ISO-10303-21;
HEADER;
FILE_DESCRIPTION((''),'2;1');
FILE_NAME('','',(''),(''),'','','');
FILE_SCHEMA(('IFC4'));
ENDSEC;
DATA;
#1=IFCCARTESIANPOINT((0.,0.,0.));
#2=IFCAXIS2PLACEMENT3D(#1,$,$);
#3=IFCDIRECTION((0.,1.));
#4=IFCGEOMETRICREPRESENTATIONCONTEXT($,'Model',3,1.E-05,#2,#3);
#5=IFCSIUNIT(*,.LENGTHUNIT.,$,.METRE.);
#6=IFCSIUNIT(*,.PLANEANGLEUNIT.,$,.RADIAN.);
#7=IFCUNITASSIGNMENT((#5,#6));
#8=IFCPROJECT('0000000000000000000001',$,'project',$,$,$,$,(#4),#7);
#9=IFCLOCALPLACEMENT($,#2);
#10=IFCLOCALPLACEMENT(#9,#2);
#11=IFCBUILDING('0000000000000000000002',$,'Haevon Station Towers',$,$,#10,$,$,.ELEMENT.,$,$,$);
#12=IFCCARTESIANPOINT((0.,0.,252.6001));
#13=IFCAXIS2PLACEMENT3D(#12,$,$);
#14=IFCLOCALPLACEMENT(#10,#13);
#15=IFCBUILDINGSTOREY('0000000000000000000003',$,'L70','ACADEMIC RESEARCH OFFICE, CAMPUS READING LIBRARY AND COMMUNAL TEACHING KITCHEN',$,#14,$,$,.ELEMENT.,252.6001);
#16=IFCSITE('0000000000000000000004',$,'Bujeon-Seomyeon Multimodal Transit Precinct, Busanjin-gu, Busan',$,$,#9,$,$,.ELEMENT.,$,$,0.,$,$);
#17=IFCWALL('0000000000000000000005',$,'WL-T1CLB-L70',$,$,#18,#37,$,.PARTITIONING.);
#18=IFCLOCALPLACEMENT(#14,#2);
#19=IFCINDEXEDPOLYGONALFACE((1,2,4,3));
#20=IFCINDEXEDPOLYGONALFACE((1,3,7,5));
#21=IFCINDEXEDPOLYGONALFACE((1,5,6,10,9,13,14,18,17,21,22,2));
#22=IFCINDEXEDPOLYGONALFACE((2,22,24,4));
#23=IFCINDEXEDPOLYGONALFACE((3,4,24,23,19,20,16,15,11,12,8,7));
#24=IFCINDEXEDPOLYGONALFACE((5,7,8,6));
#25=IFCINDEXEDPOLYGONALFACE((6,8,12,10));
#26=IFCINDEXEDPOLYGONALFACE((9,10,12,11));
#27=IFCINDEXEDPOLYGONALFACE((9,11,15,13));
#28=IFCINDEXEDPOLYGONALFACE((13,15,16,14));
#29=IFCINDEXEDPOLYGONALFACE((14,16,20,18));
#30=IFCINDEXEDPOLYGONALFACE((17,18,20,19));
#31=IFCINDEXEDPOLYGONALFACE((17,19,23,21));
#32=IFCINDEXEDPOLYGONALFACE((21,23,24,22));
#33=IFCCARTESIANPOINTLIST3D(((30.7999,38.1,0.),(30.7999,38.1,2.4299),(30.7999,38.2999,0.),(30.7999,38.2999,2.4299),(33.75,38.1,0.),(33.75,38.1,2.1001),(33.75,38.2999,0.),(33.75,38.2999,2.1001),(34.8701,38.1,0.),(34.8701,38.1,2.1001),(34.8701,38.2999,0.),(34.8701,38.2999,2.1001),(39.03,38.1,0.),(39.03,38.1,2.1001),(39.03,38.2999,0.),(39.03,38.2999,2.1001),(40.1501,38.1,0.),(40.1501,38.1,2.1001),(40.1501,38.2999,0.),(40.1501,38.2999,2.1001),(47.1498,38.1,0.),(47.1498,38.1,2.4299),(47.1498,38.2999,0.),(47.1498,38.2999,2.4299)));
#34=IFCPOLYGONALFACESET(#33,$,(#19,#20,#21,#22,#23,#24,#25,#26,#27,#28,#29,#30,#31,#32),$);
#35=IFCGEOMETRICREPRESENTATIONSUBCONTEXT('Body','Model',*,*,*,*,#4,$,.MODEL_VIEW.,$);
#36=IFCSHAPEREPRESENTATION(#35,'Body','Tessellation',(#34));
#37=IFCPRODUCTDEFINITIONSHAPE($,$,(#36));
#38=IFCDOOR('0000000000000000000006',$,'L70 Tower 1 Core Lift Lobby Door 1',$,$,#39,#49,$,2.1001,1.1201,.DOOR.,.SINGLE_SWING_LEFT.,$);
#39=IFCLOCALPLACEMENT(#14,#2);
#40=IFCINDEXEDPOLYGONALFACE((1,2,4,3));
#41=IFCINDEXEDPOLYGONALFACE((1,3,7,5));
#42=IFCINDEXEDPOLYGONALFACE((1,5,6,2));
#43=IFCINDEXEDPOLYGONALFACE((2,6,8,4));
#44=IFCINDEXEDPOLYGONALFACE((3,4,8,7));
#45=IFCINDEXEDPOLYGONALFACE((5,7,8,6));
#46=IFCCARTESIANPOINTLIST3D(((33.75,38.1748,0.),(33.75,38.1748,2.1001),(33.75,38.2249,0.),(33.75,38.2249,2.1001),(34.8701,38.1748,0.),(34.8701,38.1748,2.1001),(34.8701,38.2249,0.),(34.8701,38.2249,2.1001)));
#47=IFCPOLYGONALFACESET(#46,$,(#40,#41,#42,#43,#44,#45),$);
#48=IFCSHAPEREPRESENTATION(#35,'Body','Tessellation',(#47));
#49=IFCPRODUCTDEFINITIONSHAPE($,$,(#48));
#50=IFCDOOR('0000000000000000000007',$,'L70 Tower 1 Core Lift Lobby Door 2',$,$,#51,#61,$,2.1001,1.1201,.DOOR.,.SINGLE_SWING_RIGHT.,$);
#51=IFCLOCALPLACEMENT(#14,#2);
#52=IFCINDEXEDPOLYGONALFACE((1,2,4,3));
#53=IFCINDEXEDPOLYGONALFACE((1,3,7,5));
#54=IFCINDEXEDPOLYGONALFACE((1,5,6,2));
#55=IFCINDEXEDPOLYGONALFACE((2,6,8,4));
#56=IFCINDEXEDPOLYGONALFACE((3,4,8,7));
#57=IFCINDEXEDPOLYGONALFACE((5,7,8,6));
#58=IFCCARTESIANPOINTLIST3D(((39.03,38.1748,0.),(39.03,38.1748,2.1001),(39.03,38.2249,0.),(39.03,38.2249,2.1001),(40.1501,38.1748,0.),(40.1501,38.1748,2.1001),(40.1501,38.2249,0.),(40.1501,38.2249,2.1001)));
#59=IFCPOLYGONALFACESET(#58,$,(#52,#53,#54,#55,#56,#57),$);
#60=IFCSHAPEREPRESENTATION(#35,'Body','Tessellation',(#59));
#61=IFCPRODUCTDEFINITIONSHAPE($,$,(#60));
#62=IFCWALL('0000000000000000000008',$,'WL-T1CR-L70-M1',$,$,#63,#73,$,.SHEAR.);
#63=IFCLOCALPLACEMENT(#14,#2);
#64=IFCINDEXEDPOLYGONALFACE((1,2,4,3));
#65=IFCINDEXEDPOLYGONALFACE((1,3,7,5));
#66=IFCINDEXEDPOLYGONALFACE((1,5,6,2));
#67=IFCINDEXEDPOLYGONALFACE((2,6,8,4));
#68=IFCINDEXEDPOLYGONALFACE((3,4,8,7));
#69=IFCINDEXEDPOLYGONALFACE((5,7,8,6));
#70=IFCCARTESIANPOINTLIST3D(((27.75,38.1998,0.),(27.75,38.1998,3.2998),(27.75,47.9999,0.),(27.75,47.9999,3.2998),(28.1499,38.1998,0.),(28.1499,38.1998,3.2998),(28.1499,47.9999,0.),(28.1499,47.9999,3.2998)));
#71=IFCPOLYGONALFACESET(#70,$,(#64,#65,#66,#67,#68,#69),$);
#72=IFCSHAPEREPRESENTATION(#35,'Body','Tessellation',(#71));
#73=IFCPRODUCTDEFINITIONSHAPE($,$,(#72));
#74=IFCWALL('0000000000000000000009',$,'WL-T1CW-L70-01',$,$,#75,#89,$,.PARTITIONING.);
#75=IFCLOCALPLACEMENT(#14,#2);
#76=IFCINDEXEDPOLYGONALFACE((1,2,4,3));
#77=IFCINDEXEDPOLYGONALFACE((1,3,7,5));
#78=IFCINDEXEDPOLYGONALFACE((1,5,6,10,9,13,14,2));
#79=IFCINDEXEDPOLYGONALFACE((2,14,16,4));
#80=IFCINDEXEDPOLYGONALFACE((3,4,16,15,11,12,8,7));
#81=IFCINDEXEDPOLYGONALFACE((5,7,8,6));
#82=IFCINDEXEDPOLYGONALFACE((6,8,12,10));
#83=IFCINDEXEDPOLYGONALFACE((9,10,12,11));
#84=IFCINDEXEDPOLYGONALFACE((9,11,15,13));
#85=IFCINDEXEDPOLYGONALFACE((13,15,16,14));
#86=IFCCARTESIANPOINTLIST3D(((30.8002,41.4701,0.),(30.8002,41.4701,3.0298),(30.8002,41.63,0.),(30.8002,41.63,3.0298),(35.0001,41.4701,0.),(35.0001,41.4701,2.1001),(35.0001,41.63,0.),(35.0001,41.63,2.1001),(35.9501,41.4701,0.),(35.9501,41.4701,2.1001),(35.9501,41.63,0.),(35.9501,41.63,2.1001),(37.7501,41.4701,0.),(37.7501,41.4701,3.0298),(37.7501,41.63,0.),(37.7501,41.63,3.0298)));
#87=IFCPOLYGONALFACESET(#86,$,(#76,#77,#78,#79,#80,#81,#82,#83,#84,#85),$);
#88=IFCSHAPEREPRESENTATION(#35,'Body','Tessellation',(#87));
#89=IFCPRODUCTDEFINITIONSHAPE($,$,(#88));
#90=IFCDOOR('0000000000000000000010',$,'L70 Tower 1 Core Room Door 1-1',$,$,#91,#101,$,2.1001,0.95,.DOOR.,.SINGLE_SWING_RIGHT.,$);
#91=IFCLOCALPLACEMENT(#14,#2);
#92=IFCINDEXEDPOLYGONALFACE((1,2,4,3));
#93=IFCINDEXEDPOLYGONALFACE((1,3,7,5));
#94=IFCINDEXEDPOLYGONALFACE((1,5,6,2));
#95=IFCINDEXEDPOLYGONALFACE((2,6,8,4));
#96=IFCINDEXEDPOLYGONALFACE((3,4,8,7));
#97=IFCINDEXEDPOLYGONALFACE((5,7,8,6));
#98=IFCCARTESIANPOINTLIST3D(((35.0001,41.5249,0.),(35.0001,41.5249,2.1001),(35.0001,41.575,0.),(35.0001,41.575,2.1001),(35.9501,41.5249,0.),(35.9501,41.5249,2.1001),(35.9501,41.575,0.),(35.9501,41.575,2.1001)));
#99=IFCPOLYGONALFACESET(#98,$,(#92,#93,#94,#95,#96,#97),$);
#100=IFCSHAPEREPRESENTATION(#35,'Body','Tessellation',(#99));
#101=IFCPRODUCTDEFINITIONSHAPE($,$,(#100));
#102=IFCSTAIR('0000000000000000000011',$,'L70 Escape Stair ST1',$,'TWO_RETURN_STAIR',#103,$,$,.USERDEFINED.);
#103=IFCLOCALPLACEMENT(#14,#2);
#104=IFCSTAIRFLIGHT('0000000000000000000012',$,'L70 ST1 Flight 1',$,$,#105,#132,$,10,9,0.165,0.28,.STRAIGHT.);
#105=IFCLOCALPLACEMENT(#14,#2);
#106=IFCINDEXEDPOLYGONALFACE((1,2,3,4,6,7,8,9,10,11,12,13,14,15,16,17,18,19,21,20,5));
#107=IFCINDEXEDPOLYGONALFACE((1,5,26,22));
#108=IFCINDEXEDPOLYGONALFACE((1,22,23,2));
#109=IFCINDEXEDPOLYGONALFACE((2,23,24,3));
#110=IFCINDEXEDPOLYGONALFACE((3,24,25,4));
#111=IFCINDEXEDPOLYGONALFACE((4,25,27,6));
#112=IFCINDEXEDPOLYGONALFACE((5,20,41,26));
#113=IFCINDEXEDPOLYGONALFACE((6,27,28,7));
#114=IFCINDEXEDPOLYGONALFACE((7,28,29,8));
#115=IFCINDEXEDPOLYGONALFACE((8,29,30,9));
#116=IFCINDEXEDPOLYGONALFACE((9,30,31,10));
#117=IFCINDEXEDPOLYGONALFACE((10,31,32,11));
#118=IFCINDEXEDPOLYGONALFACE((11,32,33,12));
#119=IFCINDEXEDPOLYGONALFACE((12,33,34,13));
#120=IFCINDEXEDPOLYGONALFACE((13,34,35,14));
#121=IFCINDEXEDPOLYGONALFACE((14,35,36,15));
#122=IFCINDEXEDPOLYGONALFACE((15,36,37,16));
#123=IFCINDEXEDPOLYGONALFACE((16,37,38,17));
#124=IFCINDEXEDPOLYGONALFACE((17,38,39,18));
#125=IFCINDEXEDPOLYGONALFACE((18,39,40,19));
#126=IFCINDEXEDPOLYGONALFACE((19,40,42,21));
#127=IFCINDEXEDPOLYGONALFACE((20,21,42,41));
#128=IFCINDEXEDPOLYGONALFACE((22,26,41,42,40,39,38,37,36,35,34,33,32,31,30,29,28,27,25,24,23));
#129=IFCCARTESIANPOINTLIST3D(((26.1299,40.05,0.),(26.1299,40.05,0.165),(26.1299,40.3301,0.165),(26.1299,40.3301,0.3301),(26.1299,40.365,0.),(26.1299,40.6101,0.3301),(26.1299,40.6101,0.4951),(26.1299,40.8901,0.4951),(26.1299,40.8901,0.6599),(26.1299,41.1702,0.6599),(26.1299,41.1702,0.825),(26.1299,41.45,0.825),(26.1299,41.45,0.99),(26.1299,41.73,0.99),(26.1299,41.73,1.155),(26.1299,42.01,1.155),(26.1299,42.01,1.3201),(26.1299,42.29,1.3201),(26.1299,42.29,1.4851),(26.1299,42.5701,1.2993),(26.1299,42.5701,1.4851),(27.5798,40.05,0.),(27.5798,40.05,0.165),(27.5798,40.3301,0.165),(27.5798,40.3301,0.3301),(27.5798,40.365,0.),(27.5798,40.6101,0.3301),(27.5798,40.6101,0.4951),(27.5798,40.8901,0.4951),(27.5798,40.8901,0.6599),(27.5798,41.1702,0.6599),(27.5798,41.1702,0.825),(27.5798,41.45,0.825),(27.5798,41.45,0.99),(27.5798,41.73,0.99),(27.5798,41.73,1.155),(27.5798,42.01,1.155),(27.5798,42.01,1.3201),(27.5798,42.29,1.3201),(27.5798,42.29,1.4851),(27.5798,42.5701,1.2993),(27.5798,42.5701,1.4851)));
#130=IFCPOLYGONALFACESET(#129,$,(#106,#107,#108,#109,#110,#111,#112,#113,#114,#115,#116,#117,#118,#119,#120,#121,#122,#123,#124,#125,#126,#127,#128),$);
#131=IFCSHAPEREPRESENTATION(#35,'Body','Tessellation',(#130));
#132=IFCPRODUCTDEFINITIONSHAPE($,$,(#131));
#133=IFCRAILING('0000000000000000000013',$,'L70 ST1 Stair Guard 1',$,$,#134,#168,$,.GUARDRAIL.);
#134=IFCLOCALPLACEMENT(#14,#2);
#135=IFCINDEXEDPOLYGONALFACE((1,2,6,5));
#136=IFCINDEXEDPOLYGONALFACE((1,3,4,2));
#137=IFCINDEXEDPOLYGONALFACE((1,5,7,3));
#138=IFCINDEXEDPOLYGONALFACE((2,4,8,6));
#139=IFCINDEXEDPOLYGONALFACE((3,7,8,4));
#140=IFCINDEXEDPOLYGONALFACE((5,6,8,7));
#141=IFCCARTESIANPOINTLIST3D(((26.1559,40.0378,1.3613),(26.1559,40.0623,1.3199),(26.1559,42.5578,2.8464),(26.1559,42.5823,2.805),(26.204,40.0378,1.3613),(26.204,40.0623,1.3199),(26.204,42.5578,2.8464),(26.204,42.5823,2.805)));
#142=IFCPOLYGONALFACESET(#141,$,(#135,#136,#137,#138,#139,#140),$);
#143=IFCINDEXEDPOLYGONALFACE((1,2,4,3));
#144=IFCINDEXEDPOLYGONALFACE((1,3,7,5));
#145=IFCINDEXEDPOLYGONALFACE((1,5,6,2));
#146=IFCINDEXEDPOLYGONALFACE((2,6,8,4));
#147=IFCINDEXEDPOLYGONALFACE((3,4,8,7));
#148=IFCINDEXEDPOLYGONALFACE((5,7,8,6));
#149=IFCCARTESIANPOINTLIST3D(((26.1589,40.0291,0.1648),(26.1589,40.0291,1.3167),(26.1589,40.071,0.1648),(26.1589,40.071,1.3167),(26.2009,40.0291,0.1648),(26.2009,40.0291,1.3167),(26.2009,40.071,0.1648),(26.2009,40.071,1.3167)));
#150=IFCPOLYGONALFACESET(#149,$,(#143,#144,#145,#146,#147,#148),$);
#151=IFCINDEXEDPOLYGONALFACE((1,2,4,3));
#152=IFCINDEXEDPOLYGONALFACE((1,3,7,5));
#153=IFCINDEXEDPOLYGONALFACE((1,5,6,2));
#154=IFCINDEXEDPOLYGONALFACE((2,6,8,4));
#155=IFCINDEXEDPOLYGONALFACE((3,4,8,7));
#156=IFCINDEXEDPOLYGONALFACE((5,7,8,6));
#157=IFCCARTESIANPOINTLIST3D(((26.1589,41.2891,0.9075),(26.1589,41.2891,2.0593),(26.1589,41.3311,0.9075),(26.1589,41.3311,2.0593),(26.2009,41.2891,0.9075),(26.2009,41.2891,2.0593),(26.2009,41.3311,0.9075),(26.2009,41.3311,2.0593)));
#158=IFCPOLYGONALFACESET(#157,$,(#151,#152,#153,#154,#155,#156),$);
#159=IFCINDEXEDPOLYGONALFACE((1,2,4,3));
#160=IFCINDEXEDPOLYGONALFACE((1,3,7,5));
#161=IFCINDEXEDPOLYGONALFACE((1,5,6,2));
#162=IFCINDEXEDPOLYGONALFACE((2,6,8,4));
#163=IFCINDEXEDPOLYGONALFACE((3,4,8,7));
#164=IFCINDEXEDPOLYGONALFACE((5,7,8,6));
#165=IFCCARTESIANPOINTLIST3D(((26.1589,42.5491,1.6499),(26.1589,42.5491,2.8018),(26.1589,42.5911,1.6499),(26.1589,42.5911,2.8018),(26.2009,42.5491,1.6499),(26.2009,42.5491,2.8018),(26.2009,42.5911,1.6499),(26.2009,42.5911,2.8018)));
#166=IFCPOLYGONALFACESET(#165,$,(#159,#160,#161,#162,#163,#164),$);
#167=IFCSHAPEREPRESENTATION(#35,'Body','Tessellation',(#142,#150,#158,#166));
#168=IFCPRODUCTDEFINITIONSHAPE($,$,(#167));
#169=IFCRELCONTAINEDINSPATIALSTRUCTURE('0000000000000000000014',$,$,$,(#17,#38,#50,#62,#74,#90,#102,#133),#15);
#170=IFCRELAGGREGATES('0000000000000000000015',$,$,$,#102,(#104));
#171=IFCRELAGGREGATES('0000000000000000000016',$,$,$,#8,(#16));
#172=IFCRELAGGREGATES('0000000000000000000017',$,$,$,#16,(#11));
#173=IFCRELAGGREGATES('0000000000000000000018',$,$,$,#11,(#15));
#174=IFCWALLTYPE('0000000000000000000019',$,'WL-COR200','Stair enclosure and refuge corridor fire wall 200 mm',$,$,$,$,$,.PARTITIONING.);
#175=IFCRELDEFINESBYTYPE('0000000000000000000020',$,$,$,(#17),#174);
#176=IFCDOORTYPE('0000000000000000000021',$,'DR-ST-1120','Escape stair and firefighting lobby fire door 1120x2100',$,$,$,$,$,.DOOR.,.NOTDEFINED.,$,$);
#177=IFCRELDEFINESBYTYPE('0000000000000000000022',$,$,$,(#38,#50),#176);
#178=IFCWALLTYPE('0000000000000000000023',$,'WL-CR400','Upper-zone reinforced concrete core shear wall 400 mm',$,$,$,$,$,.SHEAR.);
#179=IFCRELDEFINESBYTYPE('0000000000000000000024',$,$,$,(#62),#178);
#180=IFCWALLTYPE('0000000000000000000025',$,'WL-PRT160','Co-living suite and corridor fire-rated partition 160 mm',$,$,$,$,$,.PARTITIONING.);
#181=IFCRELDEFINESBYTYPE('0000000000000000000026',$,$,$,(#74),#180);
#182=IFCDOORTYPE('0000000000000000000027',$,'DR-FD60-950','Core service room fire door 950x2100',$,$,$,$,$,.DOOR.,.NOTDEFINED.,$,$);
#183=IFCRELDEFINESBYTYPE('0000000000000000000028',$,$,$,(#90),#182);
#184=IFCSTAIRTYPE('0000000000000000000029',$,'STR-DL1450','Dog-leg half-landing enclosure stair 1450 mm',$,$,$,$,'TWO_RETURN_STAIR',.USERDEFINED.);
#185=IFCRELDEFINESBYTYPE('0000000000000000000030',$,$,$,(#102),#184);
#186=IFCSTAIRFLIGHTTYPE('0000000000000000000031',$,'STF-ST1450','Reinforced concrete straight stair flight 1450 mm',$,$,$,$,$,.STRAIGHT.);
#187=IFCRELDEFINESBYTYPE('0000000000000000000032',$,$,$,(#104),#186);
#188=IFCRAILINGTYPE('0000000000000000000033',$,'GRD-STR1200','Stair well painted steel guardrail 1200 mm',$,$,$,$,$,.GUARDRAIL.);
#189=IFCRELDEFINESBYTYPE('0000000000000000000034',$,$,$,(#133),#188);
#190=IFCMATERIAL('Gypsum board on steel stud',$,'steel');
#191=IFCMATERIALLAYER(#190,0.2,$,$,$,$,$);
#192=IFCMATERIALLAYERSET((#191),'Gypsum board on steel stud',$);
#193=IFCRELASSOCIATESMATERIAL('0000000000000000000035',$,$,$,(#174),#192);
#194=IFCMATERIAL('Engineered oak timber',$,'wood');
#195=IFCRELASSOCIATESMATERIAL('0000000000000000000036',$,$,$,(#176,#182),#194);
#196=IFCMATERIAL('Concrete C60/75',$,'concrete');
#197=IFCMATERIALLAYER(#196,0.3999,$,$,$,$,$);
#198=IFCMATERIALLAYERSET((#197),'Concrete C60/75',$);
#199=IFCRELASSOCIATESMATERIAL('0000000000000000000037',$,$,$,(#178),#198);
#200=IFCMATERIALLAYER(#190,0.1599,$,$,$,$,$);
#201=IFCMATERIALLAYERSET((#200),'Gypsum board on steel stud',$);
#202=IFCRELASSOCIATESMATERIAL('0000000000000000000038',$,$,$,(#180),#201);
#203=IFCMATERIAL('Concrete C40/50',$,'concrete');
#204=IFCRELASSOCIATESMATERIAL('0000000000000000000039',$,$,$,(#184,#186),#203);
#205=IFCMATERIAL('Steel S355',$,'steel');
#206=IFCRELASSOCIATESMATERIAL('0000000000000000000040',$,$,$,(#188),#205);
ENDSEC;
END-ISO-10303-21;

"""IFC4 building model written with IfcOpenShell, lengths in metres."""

from ifc_helpers import new_model, si_unit, direction, frame, frame_2d, origin, origin_2d, place, context, subcontext, project, spatial, polyline, rectangle, outline, extrude, material, layer, layer_set, type_object, element, fill, aggregate, save


model = new_model("IFC4")

# Units and contexts
model_context = context("Model", 3, precision=1e-05, world=origin(), true_north=direction((0.0, 1.0)))
body_context = subcontext(model_context, "Body", "Model", "MODEL_VIEW")
ifc_project = project(units=[si_unit("LENGTHUNIT", "METRE"), si_unit("PLANEANGLEUNIT", "RADIAN")], contexts=[model_context])

# Site, building, storey
site_placement = place(None, origin())
site = spatial("IfcSite", under=ifc_project, at=site_placement, Name="Bujeon-Seomyeon Multimodal Transit Precinct, Busanjin-gu, Busan", CompositionType="ELEMENT", RefElevation=0.0)
building_placement = place(site_placement, origin())
building = spatial("IfcBuilding", under=site, at=building_placement, Name="Haevon Station Towers", CompositionType="ELEMENT")
storey_placement = place(building_placement, frame((0.0, 0.0, 252.6001)))
storey = spatial("IfcBuildingStorey", under=building, at=storey_placement, Name="L70", Description="ACADEMIC RESEARCH OFFICE, CAMPUS READING LIBRARY AND COMMUNAL TEACHING KITCHEN", CompositionType="ELEMENT", Elevation=252.6001)

# Shared definitions
ifc_material_1 = material(Name="Steel S355", Category="steel")

# Shared definitions
ifc_material_2 = material(Name="Gypsum board on steel stud", Category="steel")
ifc_layer_1 = layer(ifc_material_2, 0.2)
ifc_layer_set_1 = layer_set([ifc_layer_1], Name="Gypsum board on steel stud")
wall_type_1 = type_object("IfcWallType", Name="WL-COR200", Description="Stair enclosure and refuge corridor fire wall 200 mm", PredefinedType="PARTITIONING", material=ifc_layer_set_1)
ifc_material_3 = material(Name="Engineered oak timber", Category="wood")

# Wall, openings, doors
wall_1_placement = place(storey_placement, frame((30.8, 38.2, 0.0), z_axis=(0.0, 0.0, 1.0), x_axis=(1.0, 0.0, 0.0)))
wall_1 = element("IfcWall", 1, at=wall_1_placement, inside=storey, type_object=wall_type_1, Name="WL-T1CLB-L70", PredefinedType="PARTITIONING", context=body_context, shape_type="SweptSolid", body=[
    extrude(rectangle(XDim=16.3499, YDim=0.2, at=frame_2d((8.1748, 0.0))), origin(), (0.0, 0.0, 1.0), 2.4299),
])
opening_1_placement = place(wall_1_placement, frame((2.95, 0.0, 0.0)))
opening_1 = element("IfcOpeningElement", 2, at=opening_1_placement, cuts=wall_1, PredefinedType="OPENING", context=body_context, shape_type="SweptSolid", body=[
    extrude(rectangle(XDim=1.1201, YDim=2.1001, at=frame_2d((0.5601, 1.05))), frame((0.0, 0.1099, 0.0), z_axis=(0.0, -1.0, 0.0), x_axis=(1.0, 0.0, 0.0)), (0.0, 0.0, 1.0), 0.22),
])
opening_2_placement = place(wall_1_placement, frame((8.23, 0.0, 0.0)))
opening_2 = element("IfcOpeningElement", 3, at=opening_2_placement, cuts=wall_1, PredefinedType="OPENING", context=body_context, shape_type="SweptSolid", body=[
    extrude(rectangle(XDim=1.1201, YDim=2.1001, at=frame_2d((0.5601, 1.05))), frame((0.0, 0.1099, 0.0), z_axis=(0.0, -1.0, 0.0), x_axis=(1.0, 0.0, 0.0)), (0.0, 0.0, 1.0), 0.22),
])
door_type_1 = type_object("IfcDoorType", Name="DR-ST-1120", Description="Escape stair and firefighting lobby fire door 1120x2100", OperationType="NOTDEFINED", PredefinedType="DOOR", material=ifc_material_3)
door_1_placement = place(opening_1_placement, origin())
door_1 = element("IfcDoor", 4, at=door_1_placement, inside=storey, type_object=door_type_1, Name="L70 Tower 1 Core Lift Lobby Door 1", OperationType="SINGLE_SWING_LEFT", OverallHeight=2.1001, OverallWidth=1.1201, PredefinedType="DOOR", context=body_context, shape_type="SweptSolid", body=[
    extrude(rectangle(XDim=1.1201, YDim=2.1001, at=frame_2d((0.5601, 1.05))), frame((0.0, 0.0249, 0.0), z_axis=(0.0, -1.0, 0.0), x_axis=(1.0, 0.0, 0.0)), (0.0, 0.0, 1.0), 0.05),
])
fill(opening_1, door_1)
door_2_placement = place(opening_2_placement, origin())
door_2 = element("IfcDoor", 5, at=door_2_placement, inside=storey, type_object=door_type_1, Name="L70 Tower 1 Core Lift Lobby Door 2", OperationType="SINGLE_SWING_RIGHT", OverallHeight=2.1001, OverallWidth=1.1201, PredefinedType="DOOR", context=body_context, shape_type="SweptSolid", body=[
    extrude(rectangle(XDim=1.1201, YDim=2.1001, at=frame_2d((0.5601, 1.05))), frame((0.0, 0.0249, 0.0), z_axis=(0.0, -1.0, 0.0), x_axis=(1.0, 0.0, 0.0)), (0.0, 0.0, 1.0), 0.05),
])
fill(opening_2, door_2)

# Wall
ifc_material_4 = material(Name="Concrete C60/75", Category="concrete")
ifc_layer_2 = layer(ifc_material_4, 0.3999)
ifc_layer_set_2 = layer_set([ifc_layer_2], Name="Concrete C60/75")
wall_type_2 = type_object("IfcWallType", Name="WL-CR400", Description="Upper-zone reinforced concrete core shear wall 400 mm", PredefinedType="SHEAR", material=ifc_layer_set_2)
wall_2_placement = place(storey_placement, frame((27.95, 38.2, 0.0), z_axis=(0.0, 0.0, 1.0), x_axis=(0.0, 1.0, 0.0)))
element("IfcWall", 6, at=wall_2_placement, inside=storey, type_object=wall_type_2, Name="WL-T1CR-L70-M1", PredefinedType="SHEAR", context=body_context, shape_type="SweptSolid", body=[
    extrude(rectangle(XDim=9.8, YDim=0.3999, at=frame_2d((4.8999, 0.0))), origin(), (0.0, 0.0, 1.0), 3.2998),
])

# Wall, opening, door
ifc_layer_3 = layer(ifc_material_2, 0.1599)
ifc_layer_set_3 = layer_set([ifc_layer_3], Name="Gypsum board on steel stud")
wall_type_3 = type_object("IfcWallType", Name="WL-PRT160", Description="Co-living suite and corridor fire-rated partition 160 mm", PredefinedType="PARTITIONING", material=ifc_layer_set_3)
wall_3_placement = place(storey_placement, frame((30.8, 41.55, 0.0), z_axis=(0.0, 0.0, 1.0), x_axis=(1.0, 0.0, 0.0)))
wall_3 = element("IfcWall", 7, at=wall_3_placement, inside=storey, type_object=wall_type_3, Name="WL-T1CW-L70-01", PredefinedType="PARTITIONING", context=body_context, shape_type="SweptSolid", body=[
    extrude(rectangle(XDim=6.95, YDim=0.1599, at=frame_2d((3.4751, 0.0))), origin(), (0.0, 0.0, 1.0), 3.0298),
])
opening_3_placement = place(wall_3_placement, frame((4.2, 0.0, 0.0)))
opening_3 = element("IfcOpeningElement", 8, at=opening_3_placement, cuts=wall_3, PredefinedType="OPENING", context=body_context, shape_type="SweptSolid", body=[
    extrude(rectangle(XDim=0.95, YDim=2.1001, at=frame_2d((0.4751, 1.05))), frame((0.0, 0.0898, 0.0), z_axis=(0.0, -1.0, 0.0), x_axis=(1.0, 0.0, 0.0)), (0.0, 0.0, 1.0), 0.1799),
])
door_type_2 = type_object("IfcDoorType", Name="DR-FD60-950", Description="Core service room fire door 950x2100", OperationType="NOTDEFINED", PredefinedType="DOOR", material=ifc_material_3)
door_3_placement = place(opening_3_placement, origin())
door_3 = element("IfcDoor", 9, at=door_3_placement, inside=storey, type_object=door_type_2, Name="L70 Tower 1 Core Room Door 1-1", OperationType="SINGLE_SWING_RIGHT", OverallHeight=2.1001, OverallWidth=0.95, PredefinedType="DOOR", context=body_context, shape_type="SweptSolid", body=[
    extrude(rectangle(XDim=0.95, YDim=2.1001, at=frame_2d((0.4751, 1.05))), frame((0.0, 0.0249, 0.0), z_axis=(0.0, -1.0, 0.0), x_axis=(1.0, 0.0, 0.0)), (0.0, 0.0, 1.0), 0.05),
])
fill(opening_3, door_3)

# Stair, stair flight
ifc_material_5 = material(Name="Concrete C40/50", Category="concrete")
stair_type = type_object("IfcStairType", Name="STR-DL1450", Description="Dog-leg half-landing enclosure stair 1450 mm", ElementType="TWO_RETURN_STAIR", PredefinedType="USERDEFINED", material=ifc_material_5)
stair_placement = place(storey_placement, origin())
stair = element("IfcStair", 10, at=stair_placement, inside=storey, type_object=stair_type, Name="L70 Escape Stair ST1", ObjectType="TWO_RETURN_STAIR", PredefinedType="USERDEFINED")
stair_flight_type = type_object("IfcStairFlightType", Name="STF-ST1450", Description="Reinforced concrete straight stair flight 1450 mm", PredefinedType="STRAIGHT", material=ifc_material_5)
stair_flight_placement = place(storey_placement, frame((26.855, 40.05, 0.0), z_axis=(0.0, 0.0, 1.0), x_axis=(0.0, 1.0, 0.0)))
stair_flight = element("IfcStairFlight", 11, at=stair_flight_placement, type_object=stair_flight_type, Name="L70 ST1 Flight 1", NumberOfRisers=10, NumberOfTreads=9, PredefinedType="STRAIGHT", RiserHeight=0.165, TreadLength=0.28, context=body_context, shape_type="SweptSolid", body=[
    extrude(outline(polyline([(0.0, 0.0), (0.0, 0.165), (0.28, 0.165), (0.28, 0.3301), (0.5601, 0.3301), (0.5601, 0.4951), (0.8401, 0.4951), (0.8401, 0.6599), (1.1201, 0.6599), (1.1201, 0.825), (1.3999, 0.825), (1.3999, 0.99), (1.6799, 0.99), (1.6799, 1.155), (1.96, 1.155), (1.96, 1.3201), (2.24, 1.3201), (2.24, 1.4851), (2.52, 1.4851), (2.52, 1.6499), (2.52, 1.2993), (0.3149, 0.0), (0.0, 0.0)])), frame((0.0, 0.7251, 0.0), z_axis=(0.0, -1.0, 0.0), x_axis=(1.0, 0.0, 0.0)), (0.0, 0.0, 1.0), 1.45),
])
aggregate(stair, [stair_flight])

# Railing
railing_type_1 = type_object("IfcRailingType", Name="GRD-STR1200", Description="Stair well painted steel guardrail 1200 mm", PredefinedType="GUARDRAIL", material=ifc_material_1)
railing_1_placement = place(storey_placement, frame((26.1799, 40.05, 0.1648)))
element("IfcRailing", 12, at=railing_1_placement, inside=storey, type_object=railing_type_1, Name="L70 ST1 Stair Guard 1", PredefinedType="GUARDRAIL", context=body_context, shape_type="SweptSolid", body=[
    extrude(rectangle(XDim=0.0481, YDim=0.0481, at=origin_2d()), frame((0.0, 0.0, 1.1758), z_axis=(0.0, 0.861524, 0.507717), x_axis=(-1.0, 0.0, 0.0)), (0.0, 0.0, 1.0), 2.925),
    extrude(rectangle(XDim=0.042, YDim=0.042, at=origin_2d()), origin(), (0.0, 0.0, 1.0), 1.1519),
    extrude(rectangle(XDim=0.042, YDim=0.042, at=origin_2d()), frame((0.0, 1.26, 0.7427)), (0.0, 0.0, 1.0), 1.1519),
    extrude(rectangle(XDim=0.042, YDim=0.042, at=origin_2d()), frame((0.0, 2.52, 1.4851)), (0.0, 0.0, 1.0), 1.1519),
])

save(model, "model.ifc")
